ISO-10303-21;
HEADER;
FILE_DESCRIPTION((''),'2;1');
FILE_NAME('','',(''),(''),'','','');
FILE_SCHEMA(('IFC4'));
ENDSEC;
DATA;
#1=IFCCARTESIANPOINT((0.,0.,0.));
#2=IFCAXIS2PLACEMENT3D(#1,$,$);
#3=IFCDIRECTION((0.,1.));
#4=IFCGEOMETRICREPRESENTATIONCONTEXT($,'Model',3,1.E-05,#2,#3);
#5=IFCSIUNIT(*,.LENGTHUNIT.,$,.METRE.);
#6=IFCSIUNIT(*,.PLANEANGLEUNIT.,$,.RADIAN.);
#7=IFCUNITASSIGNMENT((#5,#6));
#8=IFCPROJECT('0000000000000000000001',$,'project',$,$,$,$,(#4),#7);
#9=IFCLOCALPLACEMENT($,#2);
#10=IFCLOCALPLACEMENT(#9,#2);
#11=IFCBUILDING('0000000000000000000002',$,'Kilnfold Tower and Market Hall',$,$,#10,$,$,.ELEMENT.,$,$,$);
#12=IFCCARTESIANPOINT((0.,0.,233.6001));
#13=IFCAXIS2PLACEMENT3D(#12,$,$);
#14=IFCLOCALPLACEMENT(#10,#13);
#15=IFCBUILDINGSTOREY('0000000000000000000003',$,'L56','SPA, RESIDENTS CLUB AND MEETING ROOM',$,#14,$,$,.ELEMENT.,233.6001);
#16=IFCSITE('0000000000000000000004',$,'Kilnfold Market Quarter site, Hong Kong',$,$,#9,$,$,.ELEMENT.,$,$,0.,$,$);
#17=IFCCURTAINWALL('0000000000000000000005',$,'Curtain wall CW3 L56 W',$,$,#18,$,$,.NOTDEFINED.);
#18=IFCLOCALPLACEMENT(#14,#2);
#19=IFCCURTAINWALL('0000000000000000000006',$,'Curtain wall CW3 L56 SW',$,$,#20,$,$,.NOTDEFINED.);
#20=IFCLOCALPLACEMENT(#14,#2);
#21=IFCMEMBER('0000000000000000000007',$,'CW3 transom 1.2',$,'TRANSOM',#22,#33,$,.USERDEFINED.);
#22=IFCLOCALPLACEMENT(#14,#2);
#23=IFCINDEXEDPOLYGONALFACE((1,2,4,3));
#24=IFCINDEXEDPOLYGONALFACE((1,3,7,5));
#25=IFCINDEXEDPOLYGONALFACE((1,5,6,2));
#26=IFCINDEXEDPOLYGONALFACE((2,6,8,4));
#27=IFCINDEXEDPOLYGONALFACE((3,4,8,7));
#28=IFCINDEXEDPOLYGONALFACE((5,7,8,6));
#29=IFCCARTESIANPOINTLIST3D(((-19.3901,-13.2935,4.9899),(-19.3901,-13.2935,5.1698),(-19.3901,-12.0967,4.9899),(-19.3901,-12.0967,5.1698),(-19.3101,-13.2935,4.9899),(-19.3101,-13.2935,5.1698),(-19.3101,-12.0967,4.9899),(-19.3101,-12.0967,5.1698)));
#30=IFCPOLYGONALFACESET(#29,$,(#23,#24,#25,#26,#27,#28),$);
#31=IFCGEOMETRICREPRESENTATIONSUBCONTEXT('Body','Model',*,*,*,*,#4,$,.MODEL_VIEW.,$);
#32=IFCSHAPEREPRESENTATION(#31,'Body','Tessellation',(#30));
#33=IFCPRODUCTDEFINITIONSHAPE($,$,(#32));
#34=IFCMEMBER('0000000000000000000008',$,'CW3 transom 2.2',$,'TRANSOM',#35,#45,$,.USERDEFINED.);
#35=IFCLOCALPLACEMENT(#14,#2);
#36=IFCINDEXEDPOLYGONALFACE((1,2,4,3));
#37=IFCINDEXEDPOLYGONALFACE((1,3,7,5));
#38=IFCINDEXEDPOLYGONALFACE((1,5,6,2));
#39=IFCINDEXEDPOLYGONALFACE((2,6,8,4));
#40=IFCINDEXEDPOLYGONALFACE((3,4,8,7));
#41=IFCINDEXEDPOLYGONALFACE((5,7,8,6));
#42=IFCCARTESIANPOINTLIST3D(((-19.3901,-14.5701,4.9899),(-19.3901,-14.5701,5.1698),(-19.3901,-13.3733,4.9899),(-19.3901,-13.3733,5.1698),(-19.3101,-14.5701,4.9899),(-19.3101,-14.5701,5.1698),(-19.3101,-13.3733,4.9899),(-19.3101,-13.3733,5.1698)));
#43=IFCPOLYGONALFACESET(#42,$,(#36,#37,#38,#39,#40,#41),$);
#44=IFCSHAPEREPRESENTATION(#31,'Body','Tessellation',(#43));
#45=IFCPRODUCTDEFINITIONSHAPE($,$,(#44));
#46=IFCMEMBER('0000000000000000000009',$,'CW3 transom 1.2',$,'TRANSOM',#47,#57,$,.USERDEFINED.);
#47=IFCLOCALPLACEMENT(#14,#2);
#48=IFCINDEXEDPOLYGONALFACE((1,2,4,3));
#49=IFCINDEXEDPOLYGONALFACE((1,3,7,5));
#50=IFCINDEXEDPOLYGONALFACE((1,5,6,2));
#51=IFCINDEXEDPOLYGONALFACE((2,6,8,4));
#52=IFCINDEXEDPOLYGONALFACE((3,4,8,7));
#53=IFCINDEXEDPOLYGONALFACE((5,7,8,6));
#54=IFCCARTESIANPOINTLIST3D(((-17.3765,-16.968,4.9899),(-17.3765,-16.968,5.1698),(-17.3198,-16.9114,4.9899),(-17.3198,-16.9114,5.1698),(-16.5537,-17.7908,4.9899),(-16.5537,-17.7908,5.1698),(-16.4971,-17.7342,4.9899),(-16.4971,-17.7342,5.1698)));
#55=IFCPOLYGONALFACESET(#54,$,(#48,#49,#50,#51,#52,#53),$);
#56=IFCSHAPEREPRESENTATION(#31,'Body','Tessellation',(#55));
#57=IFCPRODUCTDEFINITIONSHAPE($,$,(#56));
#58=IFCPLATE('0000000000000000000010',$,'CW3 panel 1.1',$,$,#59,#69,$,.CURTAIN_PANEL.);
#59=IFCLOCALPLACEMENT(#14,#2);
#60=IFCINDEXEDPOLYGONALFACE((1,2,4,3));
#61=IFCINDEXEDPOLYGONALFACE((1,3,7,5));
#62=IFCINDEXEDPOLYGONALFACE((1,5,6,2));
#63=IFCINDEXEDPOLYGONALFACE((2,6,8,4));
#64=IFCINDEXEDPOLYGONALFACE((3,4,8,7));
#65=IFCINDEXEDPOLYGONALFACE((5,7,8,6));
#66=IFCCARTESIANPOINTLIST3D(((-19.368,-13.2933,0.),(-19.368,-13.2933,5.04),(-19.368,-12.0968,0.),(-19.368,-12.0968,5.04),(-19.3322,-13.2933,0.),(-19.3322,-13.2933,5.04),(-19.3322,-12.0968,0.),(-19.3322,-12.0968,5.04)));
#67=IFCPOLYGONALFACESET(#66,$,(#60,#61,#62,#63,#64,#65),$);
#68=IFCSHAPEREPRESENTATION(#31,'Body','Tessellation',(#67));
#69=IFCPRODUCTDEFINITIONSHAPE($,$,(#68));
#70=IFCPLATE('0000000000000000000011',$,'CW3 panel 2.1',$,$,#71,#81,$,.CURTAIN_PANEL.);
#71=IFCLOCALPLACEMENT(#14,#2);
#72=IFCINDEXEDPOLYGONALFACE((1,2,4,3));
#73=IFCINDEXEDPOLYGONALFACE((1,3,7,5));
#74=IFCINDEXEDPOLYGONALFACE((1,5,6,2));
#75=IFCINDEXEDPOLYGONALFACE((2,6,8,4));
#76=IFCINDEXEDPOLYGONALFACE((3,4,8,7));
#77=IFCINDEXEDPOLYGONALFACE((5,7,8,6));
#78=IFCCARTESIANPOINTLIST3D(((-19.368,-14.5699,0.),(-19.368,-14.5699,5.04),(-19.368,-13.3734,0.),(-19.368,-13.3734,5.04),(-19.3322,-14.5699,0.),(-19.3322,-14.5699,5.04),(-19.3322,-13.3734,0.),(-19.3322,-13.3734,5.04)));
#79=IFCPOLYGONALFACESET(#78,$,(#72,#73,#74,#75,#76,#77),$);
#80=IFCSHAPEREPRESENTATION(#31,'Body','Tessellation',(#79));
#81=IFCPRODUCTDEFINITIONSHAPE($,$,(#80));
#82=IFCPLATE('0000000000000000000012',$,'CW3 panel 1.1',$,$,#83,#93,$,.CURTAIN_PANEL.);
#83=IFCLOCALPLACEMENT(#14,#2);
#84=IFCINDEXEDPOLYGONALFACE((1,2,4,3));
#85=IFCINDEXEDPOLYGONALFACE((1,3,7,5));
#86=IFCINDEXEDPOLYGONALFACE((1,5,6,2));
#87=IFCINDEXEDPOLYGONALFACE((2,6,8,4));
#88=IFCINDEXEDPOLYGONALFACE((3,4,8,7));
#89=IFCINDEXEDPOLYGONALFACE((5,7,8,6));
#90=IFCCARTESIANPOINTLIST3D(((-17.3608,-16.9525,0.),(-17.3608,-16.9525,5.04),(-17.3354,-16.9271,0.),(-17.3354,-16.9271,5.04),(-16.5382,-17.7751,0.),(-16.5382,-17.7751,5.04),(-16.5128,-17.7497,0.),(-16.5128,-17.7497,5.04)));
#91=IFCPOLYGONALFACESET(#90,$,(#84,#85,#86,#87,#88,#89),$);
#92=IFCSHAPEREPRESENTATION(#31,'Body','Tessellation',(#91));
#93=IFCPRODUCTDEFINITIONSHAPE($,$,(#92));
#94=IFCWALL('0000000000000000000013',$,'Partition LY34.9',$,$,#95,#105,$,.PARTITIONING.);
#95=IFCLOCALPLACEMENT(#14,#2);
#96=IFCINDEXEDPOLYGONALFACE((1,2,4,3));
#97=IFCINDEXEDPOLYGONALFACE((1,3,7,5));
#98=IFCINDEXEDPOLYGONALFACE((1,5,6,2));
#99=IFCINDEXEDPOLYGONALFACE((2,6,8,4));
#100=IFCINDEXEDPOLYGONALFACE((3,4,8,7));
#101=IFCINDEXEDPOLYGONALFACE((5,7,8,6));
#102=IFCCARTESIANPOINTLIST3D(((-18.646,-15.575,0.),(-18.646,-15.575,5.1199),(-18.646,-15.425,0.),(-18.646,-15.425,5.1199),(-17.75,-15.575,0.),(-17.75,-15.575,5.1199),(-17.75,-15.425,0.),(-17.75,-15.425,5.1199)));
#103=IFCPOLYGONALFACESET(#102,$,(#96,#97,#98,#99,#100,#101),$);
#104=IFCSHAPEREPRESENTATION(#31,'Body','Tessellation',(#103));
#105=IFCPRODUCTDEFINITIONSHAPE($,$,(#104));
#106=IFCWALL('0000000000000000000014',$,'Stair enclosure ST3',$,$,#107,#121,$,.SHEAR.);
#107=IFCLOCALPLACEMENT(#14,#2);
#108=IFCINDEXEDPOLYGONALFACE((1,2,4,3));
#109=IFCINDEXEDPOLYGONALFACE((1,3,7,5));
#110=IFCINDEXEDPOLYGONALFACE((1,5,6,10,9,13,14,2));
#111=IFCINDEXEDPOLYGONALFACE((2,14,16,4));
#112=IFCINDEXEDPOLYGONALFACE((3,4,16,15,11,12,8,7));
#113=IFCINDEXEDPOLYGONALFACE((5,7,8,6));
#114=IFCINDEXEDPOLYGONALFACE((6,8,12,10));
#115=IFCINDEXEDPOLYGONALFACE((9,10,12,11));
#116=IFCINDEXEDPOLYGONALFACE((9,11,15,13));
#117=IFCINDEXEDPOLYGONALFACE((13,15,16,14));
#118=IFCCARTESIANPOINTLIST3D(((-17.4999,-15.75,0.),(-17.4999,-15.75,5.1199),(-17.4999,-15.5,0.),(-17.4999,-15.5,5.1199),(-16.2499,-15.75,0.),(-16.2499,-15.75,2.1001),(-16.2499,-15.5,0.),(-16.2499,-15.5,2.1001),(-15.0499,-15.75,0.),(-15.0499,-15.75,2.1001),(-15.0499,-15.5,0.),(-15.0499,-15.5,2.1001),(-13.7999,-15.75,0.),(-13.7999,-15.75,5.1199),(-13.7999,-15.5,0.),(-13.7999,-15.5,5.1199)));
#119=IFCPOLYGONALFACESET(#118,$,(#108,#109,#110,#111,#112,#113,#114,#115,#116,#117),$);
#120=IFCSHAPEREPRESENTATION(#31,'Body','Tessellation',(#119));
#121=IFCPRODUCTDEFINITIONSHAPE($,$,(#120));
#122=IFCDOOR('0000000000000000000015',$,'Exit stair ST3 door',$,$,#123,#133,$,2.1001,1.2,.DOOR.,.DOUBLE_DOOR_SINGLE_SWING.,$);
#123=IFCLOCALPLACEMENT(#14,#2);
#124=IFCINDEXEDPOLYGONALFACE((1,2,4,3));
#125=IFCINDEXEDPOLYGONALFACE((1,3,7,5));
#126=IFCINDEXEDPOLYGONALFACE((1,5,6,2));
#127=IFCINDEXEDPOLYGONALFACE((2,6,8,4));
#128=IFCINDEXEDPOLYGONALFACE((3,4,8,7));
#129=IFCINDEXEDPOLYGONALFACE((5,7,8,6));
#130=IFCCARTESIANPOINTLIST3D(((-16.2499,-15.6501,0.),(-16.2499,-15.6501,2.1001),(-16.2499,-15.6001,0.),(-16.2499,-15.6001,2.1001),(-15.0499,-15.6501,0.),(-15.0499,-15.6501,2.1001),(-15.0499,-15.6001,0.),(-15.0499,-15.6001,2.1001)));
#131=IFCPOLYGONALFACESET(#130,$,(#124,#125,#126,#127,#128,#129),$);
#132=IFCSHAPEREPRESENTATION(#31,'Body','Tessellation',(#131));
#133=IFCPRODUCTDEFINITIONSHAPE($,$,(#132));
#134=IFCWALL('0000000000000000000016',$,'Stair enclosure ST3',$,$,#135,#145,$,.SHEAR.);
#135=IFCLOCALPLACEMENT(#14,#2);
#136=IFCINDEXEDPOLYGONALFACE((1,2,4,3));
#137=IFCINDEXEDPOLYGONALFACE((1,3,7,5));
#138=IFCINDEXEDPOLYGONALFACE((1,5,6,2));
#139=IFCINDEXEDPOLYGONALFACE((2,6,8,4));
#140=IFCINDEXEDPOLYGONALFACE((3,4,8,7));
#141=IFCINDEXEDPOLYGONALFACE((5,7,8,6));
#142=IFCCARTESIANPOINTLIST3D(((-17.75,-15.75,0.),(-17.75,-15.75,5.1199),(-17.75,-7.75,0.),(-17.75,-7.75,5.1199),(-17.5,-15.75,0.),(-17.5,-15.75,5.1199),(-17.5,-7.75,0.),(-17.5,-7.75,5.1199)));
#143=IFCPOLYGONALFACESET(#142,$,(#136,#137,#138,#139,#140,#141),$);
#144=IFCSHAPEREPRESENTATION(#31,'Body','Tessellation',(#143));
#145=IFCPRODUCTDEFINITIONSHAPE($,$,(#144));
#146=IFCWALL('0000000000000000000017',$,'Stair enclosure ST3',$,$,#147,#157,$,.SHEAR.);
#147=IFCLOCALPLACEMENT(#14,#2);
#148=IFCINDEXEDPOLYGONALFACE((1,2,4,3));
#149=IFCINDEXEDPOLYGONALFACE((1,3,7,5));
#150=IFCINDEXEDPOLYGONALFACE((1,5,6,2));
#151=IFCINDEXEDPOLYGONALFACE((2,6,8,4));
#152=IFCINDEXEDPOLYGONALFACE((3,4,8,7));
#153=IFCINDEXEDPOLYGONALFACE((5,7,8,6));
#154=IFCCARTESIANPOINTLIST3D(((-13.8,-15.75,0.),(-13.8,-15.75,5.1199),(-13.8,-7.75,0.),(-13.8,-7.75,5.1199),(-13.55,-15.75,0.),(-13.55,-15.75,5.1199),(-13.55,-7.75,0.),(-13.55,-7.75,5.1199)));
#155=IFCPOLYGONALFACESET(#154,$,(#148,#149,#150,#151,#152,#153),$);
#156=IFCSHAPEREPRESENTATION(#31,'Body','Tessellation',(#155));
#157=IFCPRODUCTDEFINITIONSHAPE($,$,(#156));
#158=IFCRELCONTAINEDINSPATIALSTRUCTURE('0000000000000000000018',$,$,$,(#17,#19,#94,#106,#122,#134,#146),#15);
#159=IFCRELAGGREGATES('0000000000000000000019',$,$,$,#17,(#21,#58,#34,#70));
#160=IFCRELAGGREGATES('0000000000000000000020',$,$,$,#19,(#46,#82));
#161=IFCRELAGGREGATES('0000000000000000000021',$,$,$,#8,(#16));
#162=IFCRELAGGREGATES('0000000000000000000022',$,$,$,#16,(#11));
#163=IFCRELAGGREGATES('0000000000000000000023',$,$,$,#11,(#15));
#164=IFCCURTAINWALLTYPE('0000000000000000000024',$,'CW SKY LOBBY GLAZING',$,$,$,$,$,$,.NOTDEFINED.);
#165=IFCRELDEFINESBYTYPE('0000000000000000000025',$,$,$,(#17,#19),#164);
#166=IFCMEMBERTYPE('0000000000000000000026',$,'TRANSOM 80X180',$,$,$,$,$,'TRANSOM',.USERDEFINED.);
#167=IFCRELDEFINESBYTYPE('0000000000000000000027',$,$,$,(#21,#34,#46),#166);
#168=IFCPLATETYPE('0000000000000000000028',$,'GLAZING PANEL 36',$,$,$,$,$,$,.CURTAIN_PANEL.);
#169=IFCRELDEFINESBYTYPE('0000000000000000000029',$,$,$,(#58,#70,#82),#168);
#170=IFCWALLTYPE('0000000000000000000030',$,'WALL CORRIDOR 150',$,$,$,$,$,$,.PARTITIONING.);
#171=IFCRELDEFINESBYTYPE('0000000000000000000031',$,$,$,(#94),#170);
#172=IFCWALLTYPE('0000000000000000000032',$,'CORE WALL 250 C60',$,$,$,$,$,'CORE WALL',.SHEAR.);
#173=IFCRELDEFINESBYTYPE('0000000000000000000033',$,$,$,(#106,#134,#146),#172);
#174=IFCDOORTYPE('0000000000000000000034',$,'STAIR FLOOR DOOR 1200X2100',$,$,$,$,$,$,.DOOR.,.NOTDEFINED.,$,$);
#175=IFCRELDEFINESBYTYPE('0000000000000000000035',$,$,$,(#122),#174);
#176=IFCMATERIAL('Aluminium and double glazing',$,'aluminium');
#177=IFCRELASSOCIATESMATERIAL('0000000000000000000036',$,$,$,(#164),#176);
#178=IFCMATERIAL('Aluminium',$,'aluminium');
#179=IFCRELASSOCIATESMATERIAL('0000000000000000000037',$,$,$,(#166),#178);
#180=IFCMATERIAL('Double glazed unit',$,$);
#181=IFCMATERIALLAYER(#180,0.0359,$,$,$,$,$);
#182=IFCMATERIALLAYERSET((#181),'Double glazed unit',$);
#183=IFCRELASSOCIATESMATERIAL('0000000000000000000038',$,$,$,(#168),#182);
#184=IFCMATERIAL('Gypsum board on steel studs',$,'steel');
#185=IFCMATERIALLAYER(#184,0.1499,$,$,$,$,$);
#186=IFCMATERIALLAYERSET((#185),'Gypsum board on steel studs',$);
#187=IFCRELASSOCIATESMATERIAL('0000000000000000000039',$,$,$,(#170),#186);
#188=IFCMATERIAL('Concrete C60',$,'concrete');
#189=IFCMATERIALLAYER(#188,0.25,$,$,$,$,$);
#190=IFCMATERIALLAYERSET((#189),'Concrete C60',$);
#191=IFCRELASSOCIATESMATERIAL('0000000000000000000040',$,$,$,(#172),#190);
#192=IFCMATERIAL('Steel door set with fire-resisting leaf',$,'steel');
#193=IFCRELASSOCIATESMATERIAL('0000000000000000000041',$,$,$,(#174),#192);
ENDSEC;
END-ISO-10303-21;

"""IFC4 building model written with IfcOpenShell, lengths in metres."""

from ifc_helpers import new_model, si_unit, direction, frame, frame_2d, origin, origin_2d, place, context, subcontext, project, spatial, rectangle, extrude, source, transform, mapped, material, layer, layer_set, material_profile, profile_set, type_object, element, fill, aggregate, save


model = new_model("IFC4")

# Units and contexts
model_context = context("Model", 3, precision=1e-05, world=origin(), true_north=direction((0.0, 1.0)))
body_context = subcontext(model_context, "Body", "Model", "MODEL_VIEW")
ifc_project = project(units=[si_unit("LENGTHUNIT", "METRE"), si_unit("PLANEANGLEUNIT", "RADIAN")], contexts=[model_context])

# Site, building, storey
site_placement = place(None, origin())
site = spatial("IfcSite", under=ifc_project, at=site_placement, Name="Kilnfold Market Quarter site, Hong Kong", CompositionType="ELEMENT", RefElevation=0.0)
building_placement = place(site_placement, origin())
building = spatial("IfcBuilding", under=site, at=building_placement, Name="Kilnfold Tower and Market Hall", CompositionType="ELEMENT")
storey_placement = place(building_placement, frame((0.0, 0.0, 233.6001)))
storey = spatial("IfcBuildingStorey", under=building, at=storey_placement, Name="L56", Description="SPA, RESIDENTS CLUB AND MEETING ROOM", CompositionType="ELEMENT", Elevation=233.6001)

# Shared definitions
ifc_material_1 = material(Name="Aluminium and double glazing", Category="aluminium")
curtain_wall_type = type_object("IfcCurtainWallType", Name="CW SKY LOBBY GLAZING", PredefinedType="NOTDEFINED", material=ifc_material_1)

# Curtain walls
curtain_wall_1_placement = place(storey_placement, origin())
curtain_wall_1 = element("IfcCurtainWall", 1, at=curtain_wall_1_placement, inside=storey, type_object=curtain_wall_type, Name="Curtain wall CW3 L56 W", PredefinedType="NOTDEFINED")
curtain_wall_2_placement = place(storey_placement, origin())
curtain_wall_2 = element("IfcCurtainWall", 2, at=curtain_wall_2_placement, inside=storey, type_object=curtain_wall_type, Name="Curtain wall CW3 L56 SW", PredefinedType="NOTDEFINED")

# Members
ifc_material_2 = material(Name="Aluminium", Category="aluminium")
ifc_material_profile_1 = material_profile(ifc_material_2, rectangle(XDim=0.0801, YDim=0.1799, at=origin_2d()), Name="TRANSOM 80x180")
ifc_profile_set_1 = profile_set([ifc_material_profile_1], Name="Aluminium")
member_type_1 = type_object("IfcMemberType", Name="TRANSOM 80X180", ElementType="TRANSOM", PredefinedType="USERDEFINED", material=ifc_profile_set_1)
shared_shape_1 = source(origin(), body_context, "Body", "SweptSolid", [
    extrude(rectangle(XDim=0.0801, YDim=0.1799, at=origin_2d()), origin(), (0.0, 0.0, 1.0), 1.1968),
])
member_1_placement = place(storey_placement, frame((-19.3501, -12.0967, 5.0798), z_axis=(0.0, -1.0, 0.0), x_axis=(1.0, 0.0, 0.0)))
member_1 = element("IfcMember", 3, at=member_1_placement, type_object=member_type_1, Name="CW3 transom 1.2", ObjectType="TRANSOM", PredefinedType="USERDEFINED", context=body_context, shape_type="MappedRepresentation", body=[
    mapped(shared_shape_1, transform((0.0, 0.0, 0.0))),
])
member_2_placement = place(storey_placement, frame((-19.3501, -13.3733, 5.0798), z_axis=(0.0, -1.0, 0.0), x_axis=(1.0, 0.0, 0.0)))
member_2 = element("IfcMember", 4, at=member_2_placement, type_object=member_type_1, Name="CW3 transom 2.2", ObjectType="TRANSOM", PredefinedType="USERDEFINED", context=body_context, shape_type="MappedRepresentation", body=[
    mapped(shared_shape_1, transform((0.0, 0.0, 0.0))),
])
shared_shape_2 = source(origin(), body_context, "Body", "SweptSolid", [
    extrude(rectangle(XDim=0.0801, YDim=0.1799, at=origin_2d()), origin(), (0.0, 0.0, 1.0), 1.1636),
])
member_3_placement = place(storey_placement, frame((-17.3481, -16.9397, 5.0798), z_axis=(0.707107, -0.707107, 0.0), x_axis=(0.707107, 0.707107, 0.0)))
member_3 = element("IfcMember", 5, at=member_3_placement, type_object=member_type_1, Name="CW3 transom 1.2", ObjectType="TRANSOM", PredefinedType="USERDEFINED", context=body_context, shape_type="MappedRepresentation", body=[
    mapped(shared_shape_2, transform((0.0, 0.0, 0.0))),
])

# Plates
ifc_material_3 = material(Name="Double glazed unit")
ifc_layer_1 = layer(ifc_material_3, 0.0359)
ifc_layer_set_1 = layer_set([ifc_layer_1], Name="Double glazed unit")
plate_type = type_object("IfcPlateType", Name="GLAZING PANEL 36", PredefinedType="CURTAIN_PANEL", material=ifc_layer_set_1)
shared_shape_3 = source(origin(), body_context, "Body", "SweptSolid", [
    extrude(rectangle(XDim=1.1965, YDim=0.0359, at=origin_2d()), origin(), (0.0, 0.0, 1.0), 5.04),
])
plate_1_placement = place(storey_placement, frame((-19.3501, -12.6951, 0.0), z_axis=(0.0, 0.0, 1.0), x_axis=(0.0, -1.0, 0.0)))
plate_1 = element("IfcPlate", 6, at=plate_1_placement, type_object=plate_type, Name="CW3 panel 1.1", PredefinedType="CURTAIN_PANEL", context=body_context, shape_type="MappedRepresentation", body=[
    mapped(shared_shape_3, transform((0.0, 0.0, 0.0))),
])
plate_2_placement = place(storey_placement, frame((-19.3501, -13.9717, 0.0), z_axis=(0.0, 0.0, 1.0), x_axis=(0.0, -1.0, 0.0)))
plate_2 = element("IfcPlate", 7, at=plate_2_placement, type_object=plate_type, Name="CW3 panel 2.1", PredefinedType="CURTAIN_PANEL", context=body_context, shape_type="MappedRepresentation", body=[
    mapped(shared_shape_3, transform((0.0, 0.0, 0.0))),
])
aggregate(curtain_wall_1, [member_1, plate_1, member_2, plate_2])
shared_shape_4 = source(origin(), body_context, "Body", "SweptSolid", [
    extrude(rectangle(XDim=1.1633, YDim=0.0359, at=origin_2d()), origin(), (0.0, 0.0, 1.0), 5.04),
])
plate_3_placement = place(storey_placement, frame((-16.9368, -17.3511, 0.0), z_axis=(0.0, 0.0, 1.0), x_axis=(0.707107, -0.707107, 0.0)))
plate_3 = element("IfcPlate", 8, at=plate_3_placement, type_object=plate_type, Name="CW3 panel 1.1", PredefinedType="CURTAIN_PANEL", context=body_context, shape_type="MappedRepresentation", body=[
    mapped(shared_shape_4, transform((0.0, 0.0, 0.0))),
])
aggregate(curtain_wall_2, [member_3, plate_3])

# Wall
ifc_material_4 = material(Name="Gypsum board on steel studs", Category="steel")
ifc_layer_2 = layer(ifc_material_4, 0.1499)
ifc_layer_set_2 = layer_set([ifc_layer_2], Name="Gypsum board on steel studs")
wall_type_1 = type_object("IfcWallType", Name="WALL CORRIDOR 150", PredefinedType="PARTITIONING", material=ifc_layer_set_2)
wall_1_placement = place(storey_placement, frame((-18.646, -15.5, 0.0), z_axis=(0.0, 0.0, 1.0), x_axis=(1.0, 0.0, 0.0)))
element("IfcWall", 9, at=wall_1_placement, inside=storey, type_object=wall_type_1, Name="Partition LY34.9", PredefinedType="PARTITIONING", context=body_context, shape_type="SweptSolid", body=[
    extrude(rectangle(XDim=0.896, YDim=0.1499, at=frame_2d((0.448, 0.0))), origin(), (0.0, 0.0, 1.0), 5.1199),
])

# Wall, opening, door
ifc_material_5 = material(Name="Concrete C60", Category="concrete")
ifc_layer_3 = layer(ifc_material_5, 0.25)
ifc_layer_set_3 = layer_set([ifc_layer_3], Name="Concrete C60")
wall_type_2 = type_object("IfcWallType", Name="CORE WALL 250 C60", ElementType="CORE WALL", PredefinedType="SHEAR", material=ifc_layer_set_3)
shared_shape_5 = source(origin(), body_context, "Body", "SweptSolid", [
    extrude(rectangle(XDim=3.7, YDim=0.25, at=frame_2d((1.8501, 0.0))), origin(), (0.0, 0.0, 1.0), 5.1199),
])
wall_2_placement = place(storey_placement, frame((-17.5, -15.625, 0.0), z_axis=(0.0, 0.0, 1.0), x_axis=(1.0, 0.0, 0.0)))
wall_2 = element("IfcWall", 10, at=wall_2_placement, inside=storey, type_object=wall_type_2, Name="Stair enclosure ST3", PredefinedType="SHEAR", context=body_context, shape_type="MappedRepresentation", body=[
    mapped(shared_shape_5, transform((0.0, 0.0, 0.0))),
])
opening_1_placement = place(wall_2_placement, frame((1.25, 0.0, 0.0)))
opening_1 = element("IfcOpeningElement", 11, at=opening_1_placement, cuts=wall_2, PredefinedType="OPENING", context=body_context, shape_type="SweptSolid", body=[
    extrude(rectangle(XDim=1.2, YDim=2.1001, at=frame_2d((0.6001, 1.05))), frame((0.0, 0.135, 0.0), z_axis=(0.0, -1.0, 0.0), x_axis=(1.0, 0.0, 0.0)), (0.0, 0.0, 1.0), 0.27),
])
ifc_material_6 = material(Name="Steel door set with fire-resisting leaf", Category="steel")
door_type_1 = type_object("IfcDoorType", Name="STAIR FLOOR DOOR 1200X2100", OperationType="NOTDEFINED", PredefinedType="DOOR", material=ifc_material_6)
door_1_placement = place(opening_1_placement, origin())
door_1 = element("IfcDoor", 12, at=door_1_placement, inside=storey, type_object=door_type_1, Name="Exit stair ST3 door", OperationType="DOUBLE_DOOR_SINGLE_SWING", OverallHeight=2.1001, OverallWidth=1.2, PredefinedType="DOOR", context=body_context, shape_type="SweptSolid", body=[
    extrude(rectangle(XDim=1.2, YDim=2.1001, at=frame_2d((0.6001, 1.05))), frame((0.0, 0.0249, 0.0), z_axis=(0.0, -1.0, 0.0), x_axis=(1.0, 0.0, 0.0)), (0.0, 0.0, 1.0), 0.05),
])
fill(opening_1, door_1)

# Walls
shared_shape_6 = source(origin(), body_context, "Body", "SweptSolid", [
    extrude(rectangle(XDim=8.0, YDim=0.25, at=frame_2d((4.0, 0.0))), origin(), (0.0, 0.0, 1.0), 5.1199),
])
for number, where, z_axis, x_axis, name in (
    (13, (-17.625, -15.75, 0.0), (0.0, 0.0, 1.0), (0.0, 1.0, 0.0), "Stair enclosure ST3"),
    (14, (-13.675, -15.75, 0.0), (0.0, 0.0, 1.0), (0.0, 1.0, 0.0), "Stair enclosure ST3"),
):
    element("IfcWall", number, at=place(storey_placement, frame(where, z_axis=z_axis, x_axis=x_axis)), inside=storey, type_object=wall_type_2, Name=name, PredefinedType="SHEAR", context=body_context, shape_type="MappedRepresentation", body=[
        mapped(shared_shape_6, transform((0.0, 0.0, 0.0))),
    ])

save(model, "model.ifc")
